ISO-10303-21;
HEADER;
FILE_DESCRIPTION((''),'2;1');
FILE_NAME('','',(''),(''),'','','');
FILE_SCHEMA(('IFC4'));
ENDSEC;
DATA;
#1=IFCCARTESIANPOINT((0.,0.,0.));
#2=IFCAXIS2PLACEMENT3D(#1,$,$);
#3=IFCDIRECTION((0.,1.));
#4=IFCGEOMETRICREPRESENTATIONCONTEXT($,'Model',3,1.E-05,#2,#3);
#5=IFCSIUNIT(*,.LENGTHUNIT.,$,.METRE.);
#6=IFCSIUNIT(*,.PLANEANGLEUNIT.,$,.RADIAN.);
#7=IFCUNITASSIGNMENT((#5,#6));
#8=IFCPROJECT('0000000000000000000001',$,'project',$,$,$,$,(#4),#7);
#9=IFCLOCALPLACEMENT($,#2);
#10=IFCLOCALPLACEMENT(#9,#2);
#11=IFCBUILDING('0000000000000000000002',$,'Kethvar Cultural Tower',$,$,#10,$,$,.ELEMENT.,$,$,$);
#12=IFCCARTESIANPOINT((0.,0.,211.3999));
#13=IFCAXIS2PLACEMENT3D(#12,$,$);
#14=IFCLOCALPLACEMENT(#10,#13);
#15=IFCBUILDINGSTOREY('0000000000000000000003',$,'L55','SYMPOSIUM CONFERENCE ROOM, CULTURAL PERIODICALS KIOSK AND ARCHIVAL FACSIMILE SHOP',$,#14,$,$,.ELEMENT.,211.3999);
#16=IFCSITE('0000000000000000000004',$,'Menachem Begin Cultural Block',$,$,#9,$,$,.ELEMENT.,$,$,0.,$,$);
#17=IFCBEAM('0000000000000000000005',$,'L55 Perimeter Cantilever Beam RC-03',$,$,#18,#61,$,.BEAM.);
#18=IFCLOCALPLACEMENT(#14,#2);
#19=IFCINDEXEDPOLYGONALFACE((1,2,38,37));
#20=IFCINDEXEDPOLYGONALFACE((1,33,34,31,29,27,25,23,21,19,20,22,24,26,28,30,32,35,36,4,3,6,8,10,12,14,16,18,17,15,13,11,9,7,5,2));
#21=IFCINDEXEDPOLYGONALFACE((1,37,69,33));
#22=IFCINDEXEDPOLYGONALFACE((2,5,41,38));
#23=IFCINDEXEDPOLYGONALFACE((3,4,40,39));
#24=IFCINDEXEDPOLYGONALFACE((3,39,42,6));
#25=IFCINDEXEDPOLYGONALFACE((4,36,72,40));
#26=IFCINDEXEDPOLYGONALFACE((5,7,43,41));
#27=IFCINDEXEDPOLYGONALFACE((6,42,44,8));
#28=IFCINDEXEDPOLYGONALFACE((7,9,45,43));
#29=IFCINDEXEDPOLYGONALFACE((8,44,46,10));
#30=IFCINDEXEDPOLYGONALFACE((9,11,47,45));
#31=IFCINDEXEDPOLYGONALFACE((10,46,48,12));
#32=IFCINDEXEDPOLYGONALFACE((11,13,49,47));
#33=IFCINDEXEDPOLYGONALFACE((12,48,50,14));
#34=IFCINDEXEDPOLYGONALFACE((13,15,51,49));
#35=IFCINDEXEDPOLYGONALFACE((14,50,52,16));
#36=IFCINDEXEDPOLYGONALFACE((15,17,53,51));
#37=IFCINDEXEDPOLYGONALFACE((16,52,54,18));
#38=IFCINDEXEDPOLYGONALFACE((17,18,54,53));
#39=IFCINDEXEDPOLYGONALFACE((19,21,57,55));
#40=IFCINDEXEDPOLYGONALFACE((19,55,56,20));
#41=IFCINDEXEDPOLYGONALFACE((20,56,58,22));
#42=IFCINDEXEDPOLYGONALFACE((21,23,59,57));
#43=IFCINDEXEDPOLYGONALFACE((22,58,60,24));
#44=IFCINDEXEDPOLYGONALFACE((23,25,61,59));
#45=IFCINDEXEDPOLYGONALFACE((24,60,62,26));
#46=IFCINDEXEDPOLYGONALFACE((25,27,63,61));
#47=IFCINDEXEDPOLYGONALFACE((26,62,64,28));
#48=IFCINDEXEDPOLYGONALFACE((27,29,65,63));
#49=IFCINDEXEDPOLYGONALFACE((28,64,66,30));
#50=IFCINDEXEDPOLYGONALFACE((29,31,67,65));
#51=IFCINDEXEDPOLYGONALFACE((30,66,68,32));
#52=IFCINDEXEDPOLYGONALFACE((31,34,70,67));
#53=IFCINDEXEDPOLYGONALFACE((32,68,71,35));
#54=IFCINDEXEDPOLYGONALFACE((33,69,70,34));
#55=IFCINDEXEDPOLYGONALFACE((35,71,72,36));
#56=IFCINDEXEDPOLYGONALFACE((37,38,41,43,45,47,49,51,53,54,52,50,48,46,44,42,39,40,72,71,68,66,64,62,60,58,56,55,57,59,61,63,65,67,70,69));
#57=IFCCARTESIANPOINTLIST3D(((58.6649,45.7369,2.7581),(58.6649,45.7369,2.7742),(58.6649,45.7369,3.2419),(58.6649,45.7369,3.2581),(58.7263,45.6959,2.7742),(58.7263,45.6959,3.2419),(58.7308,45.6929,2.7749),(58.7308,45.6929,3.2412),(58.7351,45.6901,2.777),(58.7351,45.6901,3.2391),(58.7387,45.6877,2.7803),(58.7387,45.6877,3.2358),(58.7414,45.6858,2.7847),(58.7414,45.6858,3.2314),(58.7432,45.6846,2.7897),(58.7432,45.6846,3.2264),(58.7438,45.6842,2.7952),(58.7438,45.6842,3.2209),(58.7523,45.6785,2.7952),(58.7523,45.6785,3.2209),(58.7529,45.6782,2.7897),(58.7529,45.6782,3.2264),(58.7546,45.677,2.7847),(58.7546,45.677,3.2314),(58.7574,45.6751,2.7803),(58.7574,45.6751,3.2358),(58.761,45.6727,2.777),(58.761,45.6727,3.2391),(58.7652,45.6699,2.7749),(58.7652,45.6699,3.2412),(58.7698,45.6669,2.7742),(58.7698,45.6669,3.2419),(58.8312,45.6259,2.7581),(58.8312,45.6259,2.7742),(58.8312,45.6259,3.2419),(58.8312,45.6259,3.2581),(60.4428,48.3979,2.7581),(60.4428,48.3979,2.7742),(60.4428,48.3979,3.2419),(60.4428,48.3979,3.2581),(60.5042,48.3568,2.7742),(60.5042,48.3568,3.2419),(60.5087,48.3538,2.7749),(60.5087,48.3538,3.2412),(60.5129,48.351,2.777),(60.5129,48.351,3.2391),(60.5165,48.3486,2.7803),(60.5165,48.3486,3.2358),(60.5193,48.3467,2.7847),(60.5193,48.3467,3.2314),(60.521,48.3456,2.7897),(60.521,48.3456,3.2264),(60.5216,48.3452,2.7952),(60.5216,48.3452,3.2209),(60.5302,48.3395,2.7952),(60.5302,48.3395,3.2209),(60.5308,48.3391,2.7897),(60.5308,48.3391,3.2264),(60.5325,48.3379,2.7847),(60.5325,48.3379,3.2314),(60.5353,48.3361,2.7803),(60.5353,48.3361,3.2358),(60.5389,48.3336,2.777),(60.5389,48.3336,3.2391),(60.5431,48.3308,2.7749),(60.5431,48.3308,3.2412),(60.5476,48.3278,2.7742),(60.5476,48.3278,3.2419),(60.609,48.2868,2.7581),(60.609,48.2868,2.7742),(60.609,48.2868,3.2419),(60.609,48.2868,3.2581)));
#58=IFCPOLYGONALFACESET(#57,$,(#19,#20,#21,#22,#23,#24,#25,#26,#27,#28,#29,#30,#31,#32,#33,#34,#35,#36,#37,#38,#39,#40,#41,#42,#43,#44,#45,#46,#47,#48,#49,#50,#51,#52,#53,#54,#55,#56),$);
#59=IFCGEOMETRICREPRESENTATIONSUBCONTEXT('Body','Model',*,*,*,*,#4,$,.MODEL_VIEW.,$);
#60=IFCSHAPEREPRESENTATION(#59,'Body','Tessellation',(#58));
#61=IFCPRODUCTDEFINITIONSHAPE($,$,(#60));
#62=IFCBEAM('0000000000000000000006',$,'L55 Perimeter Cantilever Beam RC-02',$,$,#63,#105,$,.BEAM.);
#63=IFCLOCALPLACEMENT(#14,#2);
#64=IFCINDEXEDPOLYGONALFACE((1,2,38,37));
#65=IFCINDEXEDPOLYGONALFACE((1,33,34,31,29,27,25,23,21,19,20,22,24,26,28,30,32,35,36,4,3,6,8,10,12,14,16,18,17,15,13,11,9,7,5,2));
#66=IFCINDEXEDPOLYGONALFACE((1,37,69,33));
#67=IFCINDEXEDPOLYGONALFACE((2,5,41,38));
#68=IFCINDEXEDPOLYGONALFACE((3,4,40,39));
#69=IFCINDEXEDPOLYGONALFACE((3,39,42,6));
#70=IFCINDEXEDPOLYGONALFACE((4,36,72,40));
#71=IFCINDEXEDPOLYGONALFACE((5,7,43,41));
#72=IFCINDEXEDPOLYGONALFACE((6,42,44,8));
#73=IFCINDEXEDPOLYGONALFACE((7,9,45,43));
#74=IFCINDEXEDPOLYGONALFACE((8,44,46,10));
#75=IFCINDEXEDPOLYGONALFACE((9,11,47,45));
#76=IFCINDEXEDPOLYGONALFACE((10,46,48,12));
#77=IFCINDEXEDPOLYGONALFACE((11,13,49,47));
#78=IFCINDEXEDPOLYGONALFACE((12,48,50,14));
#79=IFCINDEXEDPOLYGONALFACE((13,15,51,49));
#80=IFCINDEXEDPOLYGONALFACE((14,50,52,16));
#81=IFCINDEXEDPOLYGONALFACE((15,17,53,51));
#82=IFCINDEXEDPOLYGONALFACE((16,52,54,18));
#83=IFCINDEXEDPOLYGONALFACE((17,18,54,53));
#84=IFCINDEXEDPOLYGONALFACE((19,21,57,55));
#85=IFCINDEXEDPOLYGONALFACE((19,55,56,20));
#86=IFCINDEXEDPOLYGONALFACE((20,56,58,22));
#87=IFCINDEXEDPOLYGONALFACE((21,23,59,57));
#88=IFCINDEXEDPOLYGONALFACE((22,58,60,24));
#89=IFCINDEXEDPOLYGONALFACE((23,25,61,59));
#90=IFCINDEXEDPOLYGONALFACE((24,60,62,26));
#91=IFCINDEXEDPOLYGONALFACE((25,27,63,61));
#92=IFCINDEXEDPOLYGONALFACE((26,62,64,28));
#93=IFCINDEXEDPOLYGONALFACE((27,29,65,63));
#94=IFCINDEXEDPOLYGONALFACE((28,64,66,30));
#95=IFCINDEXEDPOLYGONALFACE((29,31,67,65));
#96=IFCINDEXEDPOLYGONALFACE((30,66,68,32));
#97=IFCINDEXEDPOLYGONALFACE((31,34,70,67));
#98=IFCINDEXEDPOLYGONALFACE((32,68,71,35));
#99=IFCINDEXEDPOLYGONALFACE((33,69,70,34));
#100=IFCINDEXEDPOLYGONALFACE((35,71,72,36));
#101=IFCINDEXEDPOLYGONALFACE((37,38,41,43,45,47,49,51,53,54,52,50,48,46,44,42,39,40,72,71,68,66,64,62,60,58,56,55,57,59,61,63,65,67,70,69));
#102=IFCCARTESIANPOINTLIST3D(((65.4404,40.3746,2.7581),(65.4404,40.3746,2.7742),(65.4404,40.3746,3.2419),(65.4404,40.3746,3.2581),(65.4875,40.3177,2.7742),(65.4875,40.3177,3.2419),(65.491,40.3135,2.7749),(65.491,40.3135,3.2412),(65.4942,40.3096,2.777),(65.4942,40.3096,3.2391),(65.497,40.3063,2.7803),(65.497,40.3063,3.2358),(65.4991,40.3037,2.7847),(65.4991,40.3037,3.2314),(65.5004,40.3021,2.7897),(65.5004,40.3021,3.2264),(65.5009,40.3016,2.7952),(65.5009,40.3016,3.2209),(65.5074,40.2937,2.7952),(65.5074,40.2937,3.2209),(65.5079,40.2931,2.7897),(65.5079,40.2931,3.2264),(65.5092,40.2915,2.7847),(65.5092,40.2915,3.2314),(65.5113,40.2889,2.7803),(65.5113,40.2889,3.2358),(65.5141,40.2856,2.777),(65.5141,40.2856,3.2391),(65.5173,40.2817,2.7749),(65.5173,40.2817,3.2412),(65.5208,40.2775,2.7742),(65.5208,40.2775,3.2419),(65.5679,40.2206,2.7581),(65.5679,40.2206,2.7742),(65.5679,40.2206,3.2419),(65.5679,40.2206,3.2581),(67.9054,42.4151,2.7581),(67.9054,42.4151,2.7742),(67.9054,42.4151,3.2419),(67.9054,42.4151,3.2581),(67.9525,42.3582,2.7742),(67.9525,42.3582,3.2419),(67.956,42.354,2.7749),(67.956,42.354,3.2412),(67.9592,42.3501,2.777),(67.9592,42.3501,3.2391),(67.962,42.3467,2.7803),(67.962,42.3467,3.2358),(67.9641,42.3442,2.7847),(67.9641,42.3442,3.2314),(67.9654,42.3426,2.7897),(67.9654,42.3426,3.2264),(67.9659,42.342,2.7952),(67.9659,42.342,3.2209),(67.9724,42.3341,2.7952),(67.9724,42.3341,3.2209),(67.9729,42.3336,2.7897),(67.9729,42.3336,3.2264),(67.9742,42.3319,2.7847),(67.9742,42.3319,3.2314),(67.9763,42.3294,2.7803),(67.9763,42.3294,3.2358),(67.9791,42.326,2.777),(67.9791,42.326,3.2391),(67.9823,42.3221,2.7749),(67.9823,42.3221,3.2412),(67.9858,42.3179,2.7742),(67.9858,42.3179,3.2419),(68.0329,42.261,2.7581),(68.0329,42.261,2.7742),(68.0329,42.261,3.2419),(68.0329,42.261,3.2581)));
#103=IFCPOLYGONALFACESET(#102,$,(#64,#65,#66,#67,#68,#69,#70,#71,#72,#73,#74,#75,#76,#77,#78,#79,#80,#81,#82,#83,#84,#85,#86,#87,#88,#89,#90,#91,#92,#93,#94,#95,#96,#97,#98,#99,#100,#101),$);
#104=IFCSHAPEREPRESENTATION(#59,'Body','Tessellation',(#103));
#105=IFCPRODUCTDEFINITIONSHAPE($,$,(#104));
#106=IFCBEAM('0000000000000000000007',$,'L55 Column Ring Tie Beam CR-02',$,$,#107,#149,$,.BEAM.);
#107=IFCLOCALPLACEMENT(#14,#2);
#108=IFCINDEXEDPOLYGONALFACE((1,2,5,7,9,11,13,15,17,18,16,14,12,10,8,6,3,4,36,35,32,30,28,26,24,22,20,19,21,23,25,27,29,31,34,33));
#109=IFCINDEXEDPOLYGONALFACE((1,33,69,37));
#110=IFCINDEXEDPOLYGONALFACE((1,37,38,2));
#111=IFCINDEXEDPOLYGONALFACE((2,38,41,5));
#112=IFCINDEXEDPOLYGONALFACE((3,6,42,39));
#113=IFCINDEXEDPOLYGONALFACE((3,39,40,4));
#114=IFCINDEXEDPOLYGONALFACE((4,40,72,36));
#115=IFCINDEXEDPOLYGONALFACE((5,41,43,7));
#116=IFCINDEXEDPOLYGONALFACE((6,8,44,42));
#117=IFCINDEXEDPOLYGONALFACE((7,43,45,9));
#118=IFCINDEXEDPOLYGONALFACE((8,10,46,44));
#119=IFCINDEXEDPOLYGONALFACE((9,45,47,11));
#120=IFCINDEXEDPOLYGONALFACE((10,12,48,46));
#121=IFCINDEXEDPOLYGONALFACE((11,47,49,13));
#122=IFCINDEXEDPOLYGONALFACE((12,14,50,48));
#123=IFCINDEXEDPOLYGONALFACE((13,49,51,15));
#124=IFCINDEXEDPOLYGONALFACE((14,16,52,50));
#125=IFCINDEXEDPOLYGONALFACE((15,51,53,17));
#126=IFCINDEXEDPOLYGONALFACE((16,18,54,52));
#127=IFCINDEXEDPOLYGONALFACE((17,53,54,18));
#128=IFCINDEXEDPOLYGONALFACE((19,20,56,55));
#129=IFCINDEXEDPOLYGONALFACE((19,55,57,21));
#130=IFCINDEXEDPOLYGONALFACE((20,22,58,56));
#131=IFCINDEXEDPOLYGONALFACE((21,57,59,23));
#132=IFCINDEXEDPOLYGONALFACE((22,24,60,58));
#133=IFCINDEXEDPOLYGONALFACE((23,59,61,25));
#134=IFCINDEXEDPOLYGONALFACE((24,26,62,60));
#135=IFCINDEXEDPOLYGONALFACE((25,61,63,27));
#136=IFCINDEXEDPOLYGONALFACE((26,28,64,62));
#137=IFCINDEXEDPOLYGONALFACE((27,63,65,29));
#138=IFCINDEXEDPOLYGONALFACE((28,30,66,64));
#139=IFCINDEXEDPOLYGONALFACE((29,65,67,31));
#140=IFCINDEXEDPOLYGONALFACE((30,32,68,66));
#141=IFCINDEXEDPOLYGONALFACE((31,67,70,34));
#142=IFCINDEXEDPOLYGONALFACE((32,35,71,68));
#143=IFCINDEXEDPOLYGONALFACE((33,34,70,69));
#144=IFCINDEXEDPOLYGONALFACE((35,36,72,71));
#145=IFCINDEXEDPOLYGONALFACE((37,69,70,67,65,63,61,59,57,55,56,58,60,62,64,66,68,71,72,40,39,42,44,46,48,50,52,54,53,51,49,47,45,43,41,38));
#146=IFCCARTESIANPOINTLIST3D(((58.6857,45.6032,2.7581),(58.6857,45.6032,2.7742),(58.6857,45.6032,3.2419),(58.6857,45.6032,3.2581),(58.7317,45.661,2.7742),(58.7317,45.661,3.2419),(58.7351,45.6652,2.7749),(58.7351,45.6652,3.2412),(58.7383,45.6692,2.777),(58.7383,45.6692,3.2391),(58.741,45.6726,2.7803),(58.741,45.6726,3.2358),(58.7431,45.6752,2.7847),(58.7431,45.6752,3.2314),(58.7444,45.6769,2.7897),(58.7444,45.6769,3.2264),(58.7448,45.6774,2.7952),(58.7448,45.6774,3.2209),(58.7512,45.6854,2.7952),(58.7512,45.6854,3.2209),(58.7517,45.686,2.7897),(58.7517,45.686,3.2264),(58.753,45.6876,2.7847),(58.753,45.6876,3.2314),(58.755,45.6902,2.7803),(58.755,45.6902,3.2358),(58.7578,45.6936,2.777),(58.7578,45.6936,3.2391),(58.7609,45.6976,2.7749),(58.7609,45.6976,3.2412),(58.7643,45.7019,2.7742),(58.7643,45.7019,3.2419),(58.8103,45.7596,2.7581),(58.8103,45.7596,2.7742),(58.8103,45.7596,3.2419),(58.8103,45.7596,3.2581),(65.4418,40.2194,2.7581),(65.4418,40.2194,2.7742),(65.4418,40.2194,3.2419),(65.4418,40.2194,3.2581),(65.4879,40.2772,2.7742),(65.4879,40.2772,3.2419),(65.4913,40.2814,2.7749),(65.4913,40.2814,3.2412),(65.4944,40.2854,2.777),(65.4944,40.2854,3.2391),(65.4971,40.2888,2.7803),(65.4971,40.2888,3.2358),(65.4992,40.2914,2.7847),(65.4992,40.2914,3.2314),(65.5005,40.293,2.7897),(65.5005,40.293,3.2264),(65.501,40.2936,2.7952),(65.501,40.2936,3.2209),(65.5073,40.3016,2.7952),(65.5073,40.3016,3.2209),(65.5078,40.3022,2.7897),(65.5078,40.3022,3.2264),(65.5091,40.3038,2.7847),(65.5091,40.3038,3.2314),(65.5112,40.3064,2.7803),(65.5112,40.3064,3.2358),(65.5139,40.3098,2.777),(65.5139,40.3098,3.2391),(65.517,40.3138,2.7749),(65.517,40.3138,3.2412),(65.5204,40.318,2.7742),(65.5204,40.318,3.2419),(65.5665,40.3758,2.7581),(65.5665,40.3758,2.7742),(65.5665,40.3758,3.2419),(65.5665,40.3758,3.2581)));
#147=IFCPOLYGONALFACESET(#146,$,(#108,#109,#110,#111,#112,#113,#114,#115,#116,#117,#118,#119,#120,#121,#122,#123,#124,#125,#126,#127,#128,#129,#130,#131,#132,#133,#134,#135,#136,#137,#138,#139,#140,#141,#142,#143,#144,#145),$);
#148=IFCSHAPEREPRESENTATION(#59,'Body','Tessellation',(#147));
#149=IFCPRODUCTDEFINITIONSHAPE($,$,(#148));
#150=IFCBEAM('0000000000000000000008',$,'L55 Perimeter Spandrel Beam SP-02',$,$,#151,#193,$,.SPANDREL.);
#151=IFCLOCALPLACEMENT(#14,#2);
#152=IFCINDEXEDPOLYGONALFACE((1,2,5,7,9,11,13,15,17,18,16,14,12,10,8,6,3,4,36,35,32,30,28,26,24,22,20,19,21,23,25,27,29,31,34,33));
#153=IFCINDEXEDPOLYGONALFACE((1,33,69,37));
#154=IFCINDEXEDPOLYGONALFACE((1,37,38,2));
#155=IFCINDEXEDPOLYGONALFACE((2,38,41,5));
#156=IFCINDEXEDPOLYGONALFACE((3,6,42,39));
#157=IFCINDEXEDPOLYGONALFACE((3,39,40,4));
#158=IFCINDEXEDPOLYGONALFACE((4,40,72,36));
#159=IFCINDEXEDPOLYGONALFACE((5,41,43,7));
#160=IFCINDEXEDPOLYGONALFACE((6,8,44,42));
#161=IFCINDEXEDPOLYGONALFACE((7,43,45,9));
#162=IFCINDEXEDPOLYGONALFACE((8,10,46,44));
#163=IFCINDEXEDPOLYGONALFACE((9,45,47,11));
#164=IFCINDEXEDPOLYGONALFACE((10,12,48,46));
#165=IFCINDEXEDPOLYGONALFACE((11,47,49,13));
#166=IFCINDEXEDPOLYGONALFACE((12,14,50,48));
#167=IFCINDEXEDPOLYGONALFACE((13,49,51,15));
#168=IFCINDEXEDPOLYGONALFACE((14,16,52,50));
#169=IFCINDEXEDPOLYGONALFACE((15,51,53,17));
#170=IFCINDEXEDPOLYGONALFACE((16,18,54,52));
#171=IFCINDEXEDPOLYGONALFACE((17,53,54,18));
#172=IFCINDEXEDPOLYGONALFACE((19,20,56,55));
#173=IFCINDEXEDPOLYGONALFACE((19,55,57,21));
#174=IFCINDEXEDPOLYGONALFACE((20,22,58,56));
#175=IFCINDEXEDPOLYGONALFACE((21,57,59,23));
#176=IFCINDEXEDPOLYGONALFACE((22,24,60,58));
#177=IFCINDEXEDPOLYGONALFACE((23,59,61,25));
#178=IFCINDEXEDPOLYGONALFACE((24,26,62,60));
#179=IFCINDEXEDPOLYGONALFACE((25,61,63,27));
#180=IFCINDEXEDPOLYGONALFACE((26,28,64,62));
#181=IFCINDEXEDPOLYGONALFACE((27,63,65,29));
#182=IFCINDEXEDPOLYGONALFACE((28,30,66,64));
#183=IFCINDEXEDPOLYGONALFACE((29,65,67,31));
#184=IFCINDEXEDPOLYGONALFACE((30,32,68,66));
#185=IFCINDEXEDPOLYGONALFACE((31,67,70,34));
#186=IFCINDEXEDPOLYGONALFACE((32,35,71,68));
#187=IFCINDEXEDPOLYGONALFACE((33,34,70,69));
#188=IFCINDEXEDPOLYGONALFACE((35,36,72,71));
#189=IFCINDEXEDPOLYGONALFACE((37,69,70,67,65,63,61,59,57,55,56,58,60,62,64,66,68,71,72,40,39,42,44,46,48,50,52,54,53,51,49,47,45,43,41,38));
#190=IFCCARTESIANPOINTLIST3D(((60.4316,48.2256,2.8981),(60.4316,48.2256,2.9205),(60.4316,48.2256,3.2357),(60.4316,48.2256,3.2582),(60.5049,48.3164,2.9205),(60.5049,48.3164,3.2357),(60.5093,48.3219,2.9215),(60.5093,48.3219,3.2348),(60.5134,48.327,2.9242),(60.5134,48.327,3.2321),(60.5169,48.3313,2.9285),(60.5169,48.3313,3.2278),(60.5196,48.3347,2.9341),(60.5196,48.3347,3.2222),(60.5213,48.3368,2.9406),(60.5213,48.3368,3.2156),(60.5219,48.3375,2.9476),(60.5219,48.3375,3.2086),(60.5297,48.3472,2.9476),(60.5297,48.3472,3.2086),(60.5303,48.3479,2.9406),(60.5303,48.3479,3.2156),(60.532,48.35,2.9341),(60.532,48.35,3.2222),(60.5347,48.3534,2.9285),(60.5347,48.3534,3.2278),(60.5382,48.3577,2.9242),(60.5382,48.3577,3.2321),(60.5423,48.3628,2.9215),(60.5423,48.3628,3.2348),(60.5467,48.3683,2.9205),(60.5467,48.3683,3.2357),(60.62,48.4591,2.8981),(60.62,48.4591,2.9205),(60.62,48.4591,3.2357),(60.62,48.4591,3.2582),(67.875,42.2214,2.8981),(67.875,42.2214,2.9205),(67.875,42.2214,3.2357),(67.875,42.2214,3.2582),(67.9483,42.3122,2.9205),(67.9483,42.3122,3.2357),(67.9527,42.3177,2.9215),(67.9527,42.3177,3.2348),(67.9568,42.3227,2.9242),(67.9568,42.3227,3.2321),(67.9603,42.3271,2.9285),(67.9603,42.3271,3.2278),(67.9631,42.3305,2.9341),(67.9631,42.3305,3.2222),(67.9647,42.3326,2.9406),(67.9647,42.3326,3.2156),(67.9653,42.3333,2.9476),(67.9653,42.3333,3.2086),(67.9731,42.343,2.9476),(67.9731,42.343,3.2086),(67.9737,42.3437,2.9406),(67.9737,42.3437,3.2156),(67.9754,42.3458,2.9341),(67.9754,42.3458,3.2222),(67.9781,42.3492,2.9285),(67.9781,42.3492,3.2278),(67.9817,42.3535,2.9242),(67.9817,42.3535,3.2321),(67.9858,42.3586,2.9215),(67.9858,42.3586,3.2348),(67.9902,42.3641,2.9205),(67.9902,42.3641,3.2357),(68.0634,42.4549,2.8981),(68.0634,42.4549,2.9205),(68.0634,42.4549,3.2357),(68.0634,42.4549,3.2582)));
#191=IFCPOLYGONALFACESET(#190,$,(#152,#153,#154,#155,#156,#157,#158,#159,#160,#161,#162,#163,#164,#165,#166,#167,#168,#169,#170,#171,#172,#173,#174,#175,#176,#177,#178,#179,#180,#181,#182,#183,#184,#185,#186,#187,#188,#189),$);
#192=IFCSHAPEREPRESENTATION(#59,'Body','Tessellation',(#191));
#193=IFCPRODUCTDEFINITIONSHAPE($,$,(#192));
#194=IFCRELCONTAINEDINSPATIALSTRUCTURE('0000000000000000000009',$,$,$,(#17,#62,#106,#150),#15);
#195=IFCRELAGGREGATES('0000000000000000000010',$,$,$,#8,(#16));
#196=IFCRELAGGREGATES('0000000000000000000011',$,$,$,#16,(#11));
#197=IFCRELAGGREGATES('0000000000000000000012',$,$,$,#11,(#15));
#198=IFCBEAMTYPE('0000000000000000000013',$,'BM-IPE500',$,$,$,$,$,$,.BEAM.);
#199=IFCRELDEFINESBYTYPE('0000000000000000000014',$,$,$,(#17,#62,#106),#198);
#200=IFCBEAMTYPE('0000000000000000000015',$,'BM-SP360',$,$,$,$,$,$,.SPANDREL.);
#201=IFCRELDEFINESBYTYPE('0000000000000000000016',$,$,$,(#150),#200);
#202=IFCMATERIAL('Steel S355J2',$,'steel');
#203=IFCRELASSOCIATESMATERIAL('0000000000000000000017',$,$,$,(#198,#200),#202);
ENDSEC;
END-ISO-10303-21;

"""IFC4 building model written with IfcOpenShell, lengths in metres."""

from ifc_helpers import new_model, si_unit, direction, frame, origin, origin_2d, place, context, subcontext, project, spatial, i_section, extrude, source, transform, mapped, material, material_profile, profile_set, type_object, element, save


model = new_model("IFC4")

# Units and contexts
model_context = context("Model", 3, precision=1e-05, world=origin(), true_north=direction((0.0, 1.0)))
body_context = subcontext(model_context, "Body", "Model", "MODEL_VIEW")
ifc_project = project(units=[si_unit("LENGTHUNIT", "METRE"), si_unit("PLANEANGLEUNIT", "RADIAN")], contexts=[model_context])

# Site, building, storey
site_placement = place(None, origin())
site = spatial("IfcSite", under=ifc_project, at=site_placement, Name="Menachem Begin Cultural Block", CompositionType="ELEMENT", RefElevation=0.0)
building_placement = place(site_placement, origin())
building = spatial("IfcBuilding", under=site, at=building_placement, Name="Kethvar Cultural Tower", CompositionType="ELEMENT")
storey_placement = place(building_placement, frame((0.0, 0.0, 211.3999)))
storey = spatial("IfcBuildingStorey", under=building, at=storey_placement, Name="L55", Description="SYMPOSIUM CONFERENCE ROOM, CULTURAL PERIODICALS KIOSK AND ARCHIVAL FACSIMILE SHOP", CompositionType="ELEMENT", Elevation=211.3999)

# Beams
ifc_material_1 = material(Name="Steel S355J2", Category="steel")
ifc_material_profile_1 = material_profile(ifc_material_1, i_section(OverallWidth=0.2, OverallDepth=0.5, WebThickness=0.0103, FlangeThickness=0.0161, FilletRadius=0.021, at=origin_2d()), Name="Steel S355J2 — IPE500")
ifc_profile_set_1 = profile_set([ifc_material_profile_1], Name="Steel S355J2 — IPE500")
beam_type_1 = type_object("IfcBeamType", Name="BM-IPE500", PredefinedType="BEAM", material=ifc_profile_set_1)
shared_shape_1 = source(origin(), body_context, "Body", "SweptSolid", [
    extrude(i_section(OverallWidth=0.2, OverallDepth=0.5, WebThickness=0.0103, FlangeThickness=0.0161, FilletRadius=0.021, at=origin_2d()), origin(), (0.0, 0.0, 1.0), 3.2002),
])
beam_1_placement = place(storey_placement, frame((58.748, 45.6814, 3.0081), z_axis=(0.555545, 0.831486, 0.0), x_axis=(-0.831486, 0.555545, 0.0)))
element("IfcBeam", 1, at=beam_1_placement, inside=storey, type_object=beam_type_1, Name="L55 Perimeter Cantilever Beam RC-03", PredefinedType="BEAM", context=body_context, shape_type="MappedRepresentation", body=[
    mapped(shared_shape_1, transform((0.0, 0.0, 0.0), scale=1.0)),
])
shared_shape_2 = source(origin(), body_context, "Body", "SweptSolid", [
    extrude(i_section(OverallWidth=0.2, OverallDepth=0.5, WebThickness=0.0103, FlangeThickness=0.0161, FilletRadius=0.021, at=origin_2d()), origin(), (0.0, 0.0, 1.0), 3.2),
])
beam_2_placement = place(storey_placement, frame((65.5042, 40.2976, 3.0081), z_axis=(0.770325, 0.637652, 0.0), x_axis=(-0.637652, 0.770325, 0.0)))
element("IfcBeam", 2, at=beam_2_placement, inside=storey, type_object=beam_type_1, Name="L55 Perimeter Cantilever Beam RC-02", PredefinedType="BEAM", context=body_context, shape_type="MappedRepresentation", body=[
    mapped(shared_shape_2, transform((0.0, 0.0, 0.0), scale=1.0)),
])
shared_shape_3 = source(origin(), body_context, "Body", "SweptSolid", [
    extrude(i_section(OverallWidth=0.2, OverallDepth=0.5, WebThickness=0.0103, FlangeThickness=0.0161, FilletRadius=0.021, at=origin_2d()), origin(), (0.0, 0.0, 1.0), 8.6389),
])
beam_3_placement = place(storey_placement, frame((65.5042, 40.2976, 3.0081), z_axis=(-0.782058, 0.623205, 0.0), x_axis=(-0.623205, -0.782058, 0.0)))
element("IfcBeam", 3, at=beam_3_placement, inside=storey, type_object=beam_type_1, Name="L55 Column Ring Tie Beam CR-02", PredefinedType="BEAM", context=body_context, shape_type="MappedRepresentation", body=[
    mapped(shared_shape_3, transform((0.0, 0.0, 0.0), scale=1.0)),
])
ifc_material_profile_2 = material_profile(ifc_material_1, i_section(OverallWidth=0.3, OverallDepth=0.3601, WebThickness=0.0125, FlangeThickness=0.0225, FilletRadius=0.0271, at=origin_2d()), Name="Steel S355J2 — HEB360")
ifc_profile_set_2 = profile_set([ifc_material_profile_2], Name="Steel S355J2 — HEB360")
beam_type_2 = type_object("IfcBeamType", Name="BM-SP360", PredefinedType="SPANDREL", material=ifc_profile_set_2)
shared_shape_4 = source(origin(), body_context, "Body", "SweptSolid", [
    extrude(i_section(OverallWidth=0.3, OverallDepth=0.3601, WebThickness=0.0125, FlangeThickness=0.0225, FilletRadius=0.0271, at=origin_2d()), origin(), (0.0, 0.0, 1.0), 9.5632),
])
beam_4_placement = place(storey_placement, frame((67.9692, 42.3381, 3.0781), z_axis=(-0.778339, 0.627844, 0.0), x_axis=(-0.627844, -0.778339, 0.0)))
element("IfcBeam", 4, at=beam_4_placement, inside=storey, type_object=beam_type_2, Name="L55 Perimeter Spandrel Beam SP-02", PredefinedType="SPANDREL", context=body_context, shape_type="MappedRepresentation", body=[
    mapped(shared_shape_4, transform((0.0, 0.0, 0.0), scale=1.0)),
])

save(model, "model.ifc")
